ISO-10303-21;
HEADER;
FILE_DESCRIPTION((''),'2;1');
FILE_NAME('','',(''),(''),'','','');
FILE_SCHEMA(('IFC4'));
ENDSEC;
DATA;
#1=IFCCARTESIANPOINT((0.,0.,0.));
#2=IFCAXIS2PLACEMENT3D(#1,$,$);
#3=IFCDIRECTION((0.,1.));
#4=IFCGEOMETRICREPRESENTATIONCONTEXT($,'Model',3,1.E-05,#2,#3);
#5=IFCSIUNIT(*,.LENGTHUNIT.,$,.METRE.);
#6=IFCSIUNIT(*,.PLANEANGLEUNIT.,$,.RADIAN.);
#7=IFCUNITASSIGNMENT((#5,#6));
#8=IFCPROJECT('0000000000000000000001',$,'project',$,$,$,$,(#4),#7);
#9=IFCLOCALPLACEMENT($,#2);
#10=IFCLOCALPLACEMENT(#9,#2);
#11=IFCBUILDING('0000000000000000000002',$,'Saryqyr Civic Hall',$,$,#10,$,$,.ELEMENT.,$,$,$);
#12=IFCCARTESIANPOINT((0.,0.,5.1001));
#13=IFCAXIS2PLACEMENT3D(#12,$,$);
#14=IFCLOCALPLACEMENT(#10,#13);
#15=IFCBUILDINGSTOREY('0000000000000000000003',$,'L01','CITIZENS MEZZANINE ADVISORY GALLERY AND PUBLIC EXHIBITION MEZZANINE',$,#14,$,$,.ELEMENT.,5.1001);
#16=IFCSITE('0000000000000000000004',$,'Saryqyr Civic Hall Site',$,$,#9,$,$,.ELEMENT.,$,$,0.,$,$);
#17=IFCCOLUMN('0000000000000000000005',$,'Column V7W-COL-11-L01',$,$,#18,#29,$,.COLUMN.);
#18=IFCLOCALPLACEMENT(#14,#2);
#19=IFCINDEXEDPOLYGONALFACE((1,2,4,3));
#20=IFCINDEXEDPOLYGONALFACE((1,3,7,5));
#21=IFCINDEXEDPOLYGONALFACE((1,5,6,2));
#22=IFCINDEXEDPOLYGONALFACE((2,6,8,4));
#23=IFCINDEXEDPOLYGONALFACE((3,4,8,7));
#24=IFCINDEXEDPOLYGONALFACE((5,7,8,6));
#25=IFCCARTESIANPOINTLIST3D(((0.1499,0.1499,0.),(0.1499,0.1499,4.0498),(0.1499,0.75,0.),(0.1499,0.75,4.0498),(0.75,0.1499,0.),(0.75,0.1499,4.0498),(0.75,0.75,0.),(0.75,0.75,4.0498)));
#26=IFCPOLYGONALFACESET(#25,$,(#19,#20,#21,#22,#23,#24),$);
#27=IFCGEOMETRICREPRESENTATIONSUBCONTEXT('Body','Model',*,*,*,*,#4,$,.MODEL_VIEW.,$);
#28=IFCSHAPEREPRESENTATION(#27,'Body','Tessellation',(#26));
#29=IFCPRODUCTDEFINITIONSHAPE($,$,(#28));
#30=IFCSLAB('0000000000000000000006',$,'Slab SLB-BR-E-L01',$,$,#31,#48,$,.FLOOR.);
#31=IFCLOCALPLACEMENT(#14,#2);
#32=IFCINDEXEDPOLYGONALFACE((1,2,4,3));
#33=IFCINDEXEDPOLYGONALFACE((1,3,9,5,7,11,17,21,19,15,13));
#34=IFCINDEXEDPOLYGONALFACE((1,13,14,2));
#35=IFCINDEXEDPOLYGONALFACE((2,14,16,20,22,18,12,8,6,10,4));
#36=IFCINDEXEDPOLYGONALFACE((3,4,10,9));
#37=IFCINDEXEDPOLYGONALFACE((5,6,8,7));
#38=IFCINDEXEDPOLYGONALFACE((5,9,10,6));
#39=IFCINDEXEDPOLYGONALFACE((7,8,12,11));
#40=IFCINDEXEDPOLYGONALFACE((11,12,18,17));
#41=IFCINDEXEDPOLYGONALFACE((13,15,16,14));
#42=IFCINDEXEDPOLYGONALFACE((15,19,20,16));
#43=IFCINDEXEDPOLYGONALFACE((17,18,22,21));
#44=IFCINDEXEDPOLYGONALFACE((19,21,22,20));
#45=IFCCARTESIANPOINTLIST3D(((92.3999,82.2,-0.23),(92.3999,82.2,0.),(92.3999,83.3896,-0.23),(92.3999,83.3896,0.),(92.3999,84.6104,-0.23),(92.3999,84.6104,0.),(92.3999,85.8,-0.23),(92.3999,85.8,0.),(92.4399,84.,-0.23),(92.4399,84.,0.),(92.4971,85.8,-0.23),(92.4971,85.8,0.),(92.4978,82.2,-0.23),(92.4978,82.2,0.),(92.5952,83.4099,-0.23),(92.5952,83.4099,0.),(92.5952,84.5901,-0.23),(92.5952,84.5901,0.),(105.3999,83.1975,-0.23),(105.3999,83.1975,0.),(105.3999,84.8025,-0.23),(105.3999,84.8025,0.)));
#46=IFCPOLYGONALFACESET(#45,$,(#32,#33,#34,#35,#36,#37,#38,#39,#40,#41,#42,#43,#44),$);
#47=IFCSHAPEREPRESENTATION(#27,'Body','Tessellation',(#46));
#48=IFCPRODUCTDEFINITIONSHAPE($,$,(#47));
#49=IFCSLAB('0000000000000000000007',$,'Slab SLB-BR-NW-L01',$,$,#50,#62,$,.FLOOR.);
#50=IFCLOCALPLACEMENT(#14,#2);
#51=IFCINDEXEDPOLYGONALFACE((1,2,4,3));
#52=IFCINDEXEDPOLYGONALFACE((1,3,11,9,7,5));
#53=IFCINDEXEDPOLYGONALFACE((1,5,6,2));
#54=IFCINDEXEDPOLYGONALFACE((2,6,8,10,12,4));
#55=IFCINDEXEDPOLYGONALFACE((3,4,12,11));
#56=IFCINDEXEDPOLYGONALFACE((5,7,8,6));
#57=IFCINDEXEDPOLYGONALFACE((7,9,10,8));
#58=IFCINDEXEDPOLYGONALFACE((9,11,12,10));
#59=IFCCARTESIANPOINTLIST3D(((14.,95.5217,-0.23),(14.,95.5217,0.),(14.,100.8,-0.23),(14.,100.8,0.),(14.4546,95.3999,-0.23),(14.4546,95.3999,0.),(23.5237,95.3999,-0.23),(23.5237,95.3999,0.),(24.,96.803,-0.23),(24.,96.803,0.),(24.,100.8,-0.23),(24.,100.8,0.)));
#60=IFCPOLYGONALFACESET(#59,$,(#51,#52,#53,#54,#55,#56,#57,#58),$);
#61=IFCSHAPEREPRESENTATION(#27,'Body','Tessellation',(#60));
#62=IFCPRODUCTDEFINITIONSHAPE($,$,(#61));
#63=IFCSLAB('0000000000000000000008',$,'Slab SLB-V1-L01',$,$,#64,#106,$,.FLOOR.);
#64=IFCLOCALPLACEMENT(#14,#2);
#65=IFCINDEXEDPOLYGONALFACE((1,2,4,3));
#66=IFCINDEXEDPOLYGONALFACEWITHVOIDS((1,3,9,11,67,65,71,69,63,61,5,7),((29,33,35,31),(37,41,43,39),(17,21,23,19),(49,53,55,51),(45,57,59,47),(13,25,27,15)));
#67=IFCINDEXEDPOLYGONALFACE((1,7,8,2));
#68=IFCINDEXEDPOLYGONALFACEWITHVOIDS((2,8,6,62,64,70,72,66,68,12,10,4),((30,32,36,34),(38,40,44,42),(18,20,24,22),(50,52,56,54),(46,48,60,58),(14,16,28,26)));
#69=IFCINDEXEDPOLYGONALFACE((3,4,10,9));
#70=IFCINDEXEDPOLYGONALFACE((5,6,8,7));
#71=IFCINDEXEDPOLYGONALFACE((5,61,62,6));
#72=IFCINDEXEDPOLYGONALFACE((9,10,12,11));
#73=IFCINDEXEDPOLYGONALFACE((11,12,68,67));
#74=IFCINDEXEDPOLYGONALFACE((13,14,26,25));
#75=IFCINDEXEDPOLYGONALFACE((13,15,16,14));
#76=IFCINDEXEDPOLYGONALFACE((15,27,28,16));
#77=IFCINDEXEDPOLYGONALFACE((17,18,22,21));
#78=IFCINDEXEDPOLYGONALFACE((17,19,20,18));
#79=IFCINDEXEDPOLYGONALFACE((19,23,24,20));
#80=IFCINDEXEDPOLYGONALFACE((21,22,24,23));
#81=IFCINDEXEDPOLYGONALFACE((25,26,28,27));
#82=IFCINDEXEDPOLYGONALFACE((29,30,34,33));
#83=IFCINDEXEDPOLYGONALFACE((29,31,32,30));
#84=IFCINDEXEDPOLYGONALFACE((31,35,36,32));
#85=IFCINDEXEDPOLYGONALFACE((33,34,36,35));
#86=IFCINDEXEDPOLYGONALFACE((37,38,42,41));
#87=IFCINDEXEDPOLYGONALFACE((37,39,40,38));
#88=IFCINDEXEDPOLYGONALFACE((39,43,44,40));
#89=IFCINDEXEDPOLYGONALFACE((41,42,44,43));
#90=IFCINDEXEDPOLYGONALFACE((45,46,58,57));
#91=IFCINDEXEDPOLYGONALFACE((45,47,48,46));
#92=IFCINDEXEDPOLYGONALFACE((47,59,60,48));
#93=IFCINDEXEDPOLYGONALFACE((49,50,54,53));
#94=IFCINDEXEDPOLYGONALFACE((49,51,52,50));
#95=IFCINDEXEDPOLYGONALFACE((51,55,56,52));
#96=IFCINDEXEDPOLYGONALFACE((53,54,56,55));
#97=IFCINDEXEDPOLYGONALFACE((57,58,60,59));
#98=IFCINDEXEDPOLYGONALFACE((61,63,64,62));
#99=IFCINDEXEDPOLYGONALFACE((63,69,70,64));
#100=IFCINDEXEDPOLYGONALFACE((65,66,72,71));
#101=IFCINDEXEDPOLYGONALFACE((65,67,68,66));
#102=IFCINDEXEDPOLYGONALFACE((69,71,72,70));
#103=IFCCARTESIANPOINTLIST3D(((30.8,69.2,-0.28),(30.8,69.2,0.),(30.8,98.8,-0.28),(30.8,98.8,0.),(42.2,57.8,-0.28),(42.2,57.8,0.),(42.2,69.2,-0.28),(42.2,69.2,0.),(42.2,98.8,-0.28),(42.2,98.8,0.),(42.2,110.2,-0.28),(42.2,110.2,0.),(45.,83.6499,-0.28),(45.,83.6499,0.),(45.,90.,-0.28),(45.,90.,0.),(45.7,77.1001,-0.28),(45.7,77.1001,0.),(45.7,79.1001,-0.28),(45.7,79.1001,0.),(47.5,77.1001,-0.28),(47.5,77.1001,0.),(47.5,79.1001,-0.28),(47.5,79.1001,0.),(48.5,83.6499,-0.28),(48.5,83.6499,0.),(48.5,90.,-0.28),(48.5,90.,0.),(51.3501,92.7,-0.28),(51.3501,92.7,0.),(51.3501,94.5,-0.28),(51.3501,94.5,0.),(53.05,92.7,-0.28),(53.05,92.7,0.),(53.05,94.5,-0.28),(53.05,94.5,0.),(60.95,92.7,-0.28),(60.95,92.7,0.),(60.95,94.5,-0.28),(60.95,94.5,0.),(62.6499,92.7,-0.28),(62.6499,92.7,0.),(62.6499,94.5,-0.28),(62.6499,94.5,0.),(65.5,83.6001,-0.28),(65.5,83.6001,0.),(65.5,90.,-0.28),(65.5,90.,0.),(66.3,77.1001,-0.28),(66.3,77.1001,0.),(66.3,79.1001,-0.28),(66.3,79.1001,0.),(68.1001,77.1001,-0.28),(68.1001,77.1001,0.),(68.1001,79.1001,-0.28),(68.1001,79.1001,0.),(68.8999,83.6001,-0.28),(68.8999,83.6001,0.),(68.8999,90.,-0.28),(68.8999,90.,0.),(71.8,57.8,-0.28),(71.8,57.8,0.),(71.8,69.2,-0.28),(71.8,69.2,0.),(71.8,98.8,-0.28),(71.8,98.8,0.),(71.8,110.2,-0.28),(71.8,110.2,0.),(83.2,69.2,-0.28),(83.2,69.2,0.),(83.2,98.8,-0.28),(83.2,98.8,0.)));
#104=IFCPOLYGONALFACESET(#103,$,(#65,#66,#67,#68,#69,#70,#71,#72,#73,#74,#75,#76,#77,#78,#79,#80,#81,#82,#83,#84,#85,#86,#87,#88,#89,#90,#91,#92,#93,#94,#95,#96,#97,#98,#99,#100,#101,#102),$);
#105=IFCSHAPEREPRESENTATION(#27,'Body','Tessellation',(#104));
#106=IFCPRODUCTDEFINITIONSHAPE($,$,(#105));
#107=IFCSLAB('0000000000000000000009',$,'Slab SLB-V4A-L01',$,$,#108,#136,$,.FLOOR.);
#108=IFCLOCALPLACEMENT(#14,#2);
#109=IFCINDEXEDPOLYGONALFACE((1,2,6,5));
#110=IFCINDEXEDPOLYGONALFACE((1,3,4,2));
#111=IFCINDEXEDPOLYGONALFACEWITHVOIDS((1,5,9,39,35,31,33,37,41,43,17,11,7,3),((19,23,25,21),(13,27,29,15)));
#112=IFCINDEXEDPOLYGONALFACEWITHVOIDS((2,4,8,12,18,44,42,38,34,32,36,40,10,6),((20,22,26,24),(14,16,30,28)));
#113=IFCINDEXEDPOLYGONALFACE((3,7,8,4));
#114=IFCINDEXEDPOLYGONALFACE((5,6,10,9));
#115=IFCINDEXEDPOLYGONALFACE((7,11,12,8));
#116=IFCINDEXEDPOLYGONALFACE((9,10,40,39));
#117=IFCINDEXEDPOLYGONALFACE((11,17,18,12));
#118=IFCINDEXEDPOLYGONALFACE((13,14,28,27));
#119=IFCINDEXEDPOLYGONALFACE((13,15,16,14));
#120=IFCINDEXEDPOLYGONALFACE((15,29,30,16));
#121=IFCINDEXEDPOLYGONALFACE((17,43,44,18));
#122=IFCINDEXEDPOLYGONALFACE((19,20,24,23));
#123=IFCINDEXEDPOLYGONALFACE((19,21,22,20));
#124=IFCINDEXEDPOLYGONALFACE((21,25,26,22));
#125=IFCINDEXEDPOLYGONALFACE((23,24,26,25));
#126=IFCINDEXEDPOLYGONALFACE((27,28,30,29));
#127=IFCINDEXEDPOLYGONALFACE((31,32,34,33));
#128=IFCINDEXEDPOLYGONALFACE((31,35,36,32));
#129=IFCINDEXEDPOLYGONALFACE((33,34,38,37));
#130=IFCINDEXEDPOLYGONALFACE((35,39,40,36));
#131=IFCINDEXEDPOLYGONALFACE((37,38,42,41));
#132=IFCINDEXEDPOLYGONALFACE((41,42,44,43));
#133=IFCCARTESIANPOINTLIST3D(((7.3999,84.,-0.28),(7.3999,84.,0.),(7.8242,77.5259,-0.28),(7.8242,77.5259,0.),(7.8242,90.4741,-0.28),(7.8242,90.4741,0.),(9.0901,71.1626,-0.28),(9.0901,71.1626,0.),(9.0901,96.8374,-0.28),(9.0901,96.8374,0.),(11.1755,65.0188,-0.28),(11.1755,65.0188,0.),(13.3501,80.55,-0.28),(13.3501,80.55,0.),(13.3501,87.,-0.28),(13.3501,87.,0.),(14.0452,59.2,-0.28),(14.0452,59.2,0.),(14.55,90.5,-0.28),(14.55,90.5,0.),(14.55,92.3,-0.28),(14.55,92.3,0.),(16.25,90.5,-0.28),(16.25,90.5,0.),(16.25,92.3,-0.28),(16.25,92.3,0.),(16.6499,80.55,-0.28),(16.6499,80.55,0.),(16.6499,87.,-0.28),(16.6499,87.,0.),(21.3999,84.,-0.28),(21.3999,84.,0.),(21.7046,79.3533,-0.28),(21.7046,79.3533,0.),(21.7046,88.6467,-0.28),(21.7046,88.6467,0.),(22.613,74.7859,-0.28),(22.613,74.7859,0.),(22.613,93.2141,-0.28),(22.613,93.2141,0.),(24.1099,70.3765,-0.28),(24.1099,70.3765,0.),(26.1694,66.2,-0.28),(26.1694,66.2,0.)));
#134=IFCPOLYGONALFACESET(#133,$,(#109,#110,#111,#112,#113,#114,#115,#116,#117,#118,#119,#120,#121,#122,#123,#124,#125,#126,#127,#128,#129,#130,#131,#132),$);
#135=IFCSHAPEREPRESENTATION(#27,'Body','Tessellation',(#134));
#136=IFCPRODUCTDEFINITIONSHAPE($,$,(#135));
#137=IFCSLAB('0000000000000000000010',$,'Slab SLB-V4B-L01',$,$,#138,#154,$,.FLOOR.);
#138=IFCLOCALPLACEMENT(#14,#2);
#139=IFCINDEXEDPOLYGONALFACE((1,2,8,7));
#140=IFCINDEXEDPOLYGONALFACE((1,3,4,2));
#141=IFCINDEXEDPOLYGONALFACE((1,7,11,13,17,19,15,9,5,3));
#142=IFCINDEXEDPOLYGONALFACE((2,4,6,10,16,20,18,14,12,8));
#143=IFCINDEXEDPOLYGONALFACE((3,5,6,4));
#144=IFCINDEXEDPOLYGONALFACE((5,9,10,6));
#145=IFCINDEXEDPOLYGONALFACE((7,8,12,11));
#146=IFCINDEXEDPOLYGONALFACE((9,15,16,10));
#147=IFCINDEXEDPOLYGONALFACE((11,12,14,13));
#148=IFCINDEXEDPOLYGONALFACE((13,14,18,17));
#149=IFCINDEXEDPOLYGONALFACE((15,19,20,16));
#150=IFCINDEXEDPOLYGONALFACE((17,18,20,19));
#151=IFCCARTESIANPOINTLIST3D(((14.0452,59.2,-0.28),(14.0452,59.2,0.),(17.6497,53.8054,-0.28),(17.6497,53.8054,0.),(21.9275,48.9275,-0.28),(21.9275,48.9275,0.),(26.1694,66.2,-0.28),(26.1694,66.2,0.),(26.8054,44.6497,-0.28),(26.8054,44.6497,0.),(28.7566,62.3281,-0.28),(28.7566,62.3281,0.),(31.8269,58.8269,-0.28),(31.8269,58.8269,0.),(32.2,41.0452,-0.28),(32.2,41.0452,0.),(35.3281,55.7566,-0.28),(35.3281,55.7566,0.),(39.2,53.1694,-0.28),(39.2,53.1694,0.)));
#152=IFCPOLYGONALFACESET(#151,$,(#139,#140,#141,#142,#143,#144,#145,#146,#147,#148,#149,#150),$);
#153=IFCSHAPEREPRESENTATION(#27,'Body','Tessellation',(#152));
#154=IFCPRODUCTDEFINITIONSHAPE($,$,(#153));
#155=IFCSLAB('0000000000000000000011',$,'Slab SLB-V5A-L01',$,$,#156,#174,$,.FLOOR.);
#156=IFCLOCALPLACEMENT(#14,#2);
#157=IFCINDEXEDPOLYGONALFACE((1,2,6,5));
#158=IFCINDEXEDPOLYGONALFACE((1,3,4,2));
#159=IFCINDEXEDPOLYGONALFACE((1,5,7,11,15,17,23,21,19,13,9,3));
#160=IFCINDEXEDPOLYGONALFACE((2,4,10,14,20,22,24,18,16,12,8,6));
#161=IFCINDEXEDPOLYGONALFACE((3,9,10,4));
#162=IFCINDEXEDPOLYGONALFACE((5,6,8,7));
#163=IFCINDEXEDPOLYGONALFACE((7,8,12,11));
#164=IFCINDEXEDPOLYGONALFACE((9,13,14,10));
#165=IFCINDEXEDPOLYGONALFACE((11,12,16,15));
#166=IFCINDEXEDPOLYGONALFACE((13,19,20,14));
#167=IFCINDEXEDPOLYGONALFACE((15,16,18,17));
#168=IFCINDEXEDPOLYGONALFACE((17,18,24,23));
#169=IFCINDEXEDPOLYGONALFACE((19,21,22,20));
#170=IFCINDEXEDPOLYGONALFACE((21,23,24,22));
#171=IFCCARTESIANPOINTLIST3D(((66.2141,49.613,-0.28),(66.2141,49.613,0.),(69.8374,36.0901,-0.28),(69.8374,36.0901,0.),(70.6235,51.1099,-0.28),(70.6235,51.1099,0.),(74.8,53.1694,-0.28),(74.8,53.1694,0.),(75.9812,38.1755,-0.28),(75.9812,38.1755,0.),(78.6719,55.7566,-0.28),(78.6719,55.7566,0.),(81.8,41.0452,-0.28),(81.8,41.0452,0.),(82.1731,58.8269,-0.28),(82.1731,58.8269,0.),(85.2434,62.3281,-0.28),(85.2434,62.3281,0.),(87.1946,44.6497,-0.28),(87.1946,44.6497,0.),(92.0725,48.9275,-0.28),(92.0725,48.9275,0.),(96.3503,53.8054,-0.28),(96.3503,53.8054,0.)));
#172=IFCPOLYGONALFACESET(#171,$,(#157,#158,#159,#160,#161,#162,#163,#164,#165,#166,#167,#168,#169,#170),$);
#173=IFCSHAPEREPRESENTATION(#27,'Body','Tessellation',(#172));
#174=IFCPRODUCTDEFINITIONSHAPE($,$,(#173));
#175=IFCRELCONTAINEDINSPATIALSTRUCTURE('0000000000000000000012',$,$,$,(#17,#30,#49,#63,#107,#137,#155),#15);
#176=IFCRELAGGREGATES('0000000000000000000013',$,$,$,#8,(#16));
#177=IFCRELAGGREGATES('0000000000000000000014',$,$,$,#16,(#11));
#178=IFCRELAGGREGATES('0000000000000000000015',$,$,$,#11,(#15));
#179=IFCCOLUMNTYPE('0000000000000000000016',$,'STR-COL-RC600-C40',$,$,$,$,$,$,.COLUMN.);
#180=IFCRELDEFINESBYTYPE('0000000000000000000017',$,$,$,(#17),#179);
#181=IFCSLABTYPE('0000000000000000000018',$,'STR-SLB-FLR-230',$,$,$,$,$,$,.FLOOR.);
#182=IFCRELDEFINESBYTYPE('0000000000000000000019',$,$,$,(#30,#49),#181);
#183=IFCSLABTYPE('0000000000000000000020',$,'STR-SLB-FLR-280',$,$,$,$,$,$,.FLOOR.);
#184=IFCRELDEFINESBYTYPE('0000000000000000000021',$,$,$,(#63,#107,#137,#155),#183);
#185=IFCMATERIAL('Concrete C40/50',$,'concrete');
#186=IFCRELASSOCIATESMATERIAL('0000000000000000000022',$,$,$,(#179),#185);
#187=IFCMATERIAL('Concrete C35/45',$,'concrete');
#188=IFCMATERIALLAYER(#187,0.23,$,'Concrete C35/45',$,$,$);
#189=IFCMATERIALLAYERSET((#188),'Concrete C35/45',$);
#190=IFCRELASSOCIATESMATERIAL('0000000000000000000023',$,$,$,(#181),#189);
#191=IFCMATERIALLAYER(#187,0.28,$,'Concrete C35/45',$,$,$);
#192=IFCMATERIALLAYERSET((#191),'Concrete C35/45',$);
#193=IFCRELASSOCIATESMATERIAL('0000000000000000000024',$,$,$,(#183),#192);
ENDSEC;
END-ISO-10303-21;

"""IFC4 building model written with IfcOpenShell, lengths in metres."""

from ifc_helpers import new_model, si_unit, direction, frame, origin, origin_2d, place, context, subcontext, project, spatial, polyline, rectangle, outline, extrude, material, layer, layer_set, material_profile, profile_set, type_object, element, save


model = new_model("IFC4")

# Units and contexts
model_context = context("Model", 3, precision=1e-05, world=origin(), true_north=direction((0.0, 1.0)))
body_context = subcontext(model_context, "Body", "Model", "MODEL_VIEW")
ifc_project = project(units=[si_unit("LENGTHUNIT", "METRE"), si_unit("PLANEANGLEUNIT", "RADIAN")], contexts=[model_context])

# Site, building, storey
site_placement = place(None, origin())
site = spatial("IfcSite", under=ifc_project, at=site_placement, Name="Saryqyr Civic Hall Site", CompositionType="ELEMENT", RefElevation=0.0)
building_placement = place(site_placement, origin())
building = spatial("IfcBuilding", under=site, at=building_placement, Name="Saryqyr Civic Hall", CompositionType="ELEMENT")
storey_placement = place(building_placement, frame((0.0, 0.0, 5.1001)))
storey = spatial("IfcBuildingStorey", under=building, at=storey_placement, Name="L01", Description="CITIZENS MEZZANINE ADVISORY GALLERY AND PUBLIC EXHIBITION MEZZANINE", CompositionType="ELEMENT", Elevation=5.1001)

# Column
ifc_material_1 = material(Name="Concrete C40/50", Category="concrete")
ifc_material_profile = material_profile(ifc_material_1, rectangle(XDim=0.6001, YDim=0.6001, at=origin_2d()), Name="RC 600x600")
ifc_profile_set = profile_set([ifc_material_profile], Name="Concrete C40/50")
column_type = type_object("IfcColumnType", Name="STR-COL-RC600-C40", PredefinedType="COLUMN", material=ifc_profile_set)
column_placement = place(storey_placement, frame((0.45, 0.45, 0.0), z_axis=(0.0, 0.0, 1.0), x_axis=(1.0, 0.0, 0.0)))
element("IfcColumn", 1, at=column_placement, inside=storey, type_object=column_type, Name="Column V7W-COL-11-L01", PredefinedType="COLUMN", context=body_context, shape_type="SweptSolid", body=[
    extrude(rectangle(XDim=0.6001, YDim=0.6001, at=origin_2d()), origin(), (0.0, 0.0, 1.0), 4.0498),
])

# Slabs
ifc_material_2 = material(Name="Concrete C35/45", Category="concrete")
ifc_layer_1 = layer(ifc_material_2, 0.23, Name="Concrete C35/45")
ifc_layer_set_1 = layer_set([ifc_layer_1], Name="Concrete C35/45")
slab_type_1 = type_object("IfcSlabType", Name="STR-SLB-FLR-230", PredefinedType="FLOOR", material=ifc_layer_set_1)
slab_1_placement = place(storey_placement, frame((0.0, 0.0, -0.23)))
element("IfcSlab", 2, at=slab_1_placement, inside=storey, type_object=slab_type_1, Name="Slab SLB-BR-E-L01", PredefinedType="FLOOR", context=body_context, shape_type="SweptSolid", body=[
    extrude(outline(polyline([(105.3999, 83.1975), (92.5952, 83.4099), (92.4978, 82.2), (92.3999, 82.2), (92.3999, 83.3896), (92.4399, 84.0), (92.3999, 84.6104), (92.3999, 85.8), (92.4971, 85.8), (92.5952, 84.5901), (105.3999, 84.8025), (105.3999, 83.1975)])), origin(), (0.0, 0.0, 1.0), 0.23),
])
slab_2_placement = place(storey_placement, frame((0.0, 0.0, -0.23)))
element("IfcSlab", 3, at=slab_2_placement, inside=storey, type_object=slab_type_1, Name="Slab SLB-BR-NW-L01", PredefinedType="FLOOR", context=body_context, shape_type="SweptSolid", body=[
    extrude(outline(polyline([(24.0, 96.803), (23.5237, 95.3999), (14.4546, 95.3999), (14.0, 95.5217), (14.0, 100.8), (24.0, 100.8), (24.0, 96.803)])), origin(), (0.0, 0.0, 1.0), 0.23),
])
ifc_layer_2 = layer(ifc_material_2, 0.28, Name="Concrete C35/45")
ifc_layer_set_2 = layer_set([ifc_layer_2], Name="Concrete C35/45")
slab_type_2 = type_object("IfcSlabType", Name="STR-SLB-FLR-280", PredefinedType="FLOOR", material=ifc_layer_set_2)
slab_3_placement = place(storey_placement, frame((0.0, 0.0, -0.28)))
element("IfcSlab", 4, at=slab_3_placement, inside=storey, type_object=slab_type_2, Name="Slab SLB-V1-L01", PredefinedType="FLOOR", context=body_context, shape_type="SweptSolid", body=[
    extrude(outline(polyline([(42.2, 69.2), (30.8, 69.2), (30.8, 98.8), (42.2, 98.8), (42.2, 110.2), (71.8, 110.2), (71.8, 98.8), (83.2, 98.8), (83.2, 69.2), (71.8, 69.2), (71.8, 57.8), (42.2, 57.8), (42.2, 69.2)]), holes=[polyline([(47.5, 77.1001), (47.5, 79.1001), (45.7, 79.1001), (45.7, 77.1001), (47.5, 77.1001)]), polyline([(48.5, 90.0), (45.0, 90.0), (45.0, 83.6499), (48.5, 83.6499), (48.5, 90.0)]), polyline([(53.05, 92.7), (53.05, 94.5), (51.3501, 94.5), (51.3501, 92.7), (53.05, 92.7)]), polyline([(68.1001, 77.1001), (68.1001, 79.1001), (66.3, 79.1001), (66.3, 77.1001), (68.1001, 77.1001)]), polyline([(68.8999, 90.0), (65.5, 90.0), (65.5, 83.6001), (68.8999, 83.6001), (68.8999, 90.0)]), polyline([(62.6499, 92.7), (62.6499, 94.5), (60.95, 94.5), (60.95, 92.7), (62.6499, 92.7)])]), origin(), (0.0, 0.0, 1.0), 0.28),
])
slab_4_placement = place(storey_placement, frame((0.0, 0.0, -0.28)))
element("IfcSlab", 5, at=slab_4_placement, inside=storey, type_object=slab_type_2, Name="Slab SLB-V4A-L01", PredefinedType="FLOOR", context=body_context, shape_type="SweptSolid", body=[
    extrude(outline(polyline([(21.7046, 88.6467), (21.3999, 84.0), (21.7046, 79.3533), (22.613, 74.7859), (24.1099, 70.3765), (26.1694, 66.2), (14.0452, 59.2), (11.1755, 65.0188), (9.0901, 71.1626), (7.8242, 77.5259), (7.3999, 84.0), (7.8242, 90.4741), (9.0901, 96.8374), (22.613, 93.2141), (21.7046, 88.6467)]), holes=[polyline([(16.6499, 87.0), (13.3501, 87.0), (13.3501, 80.55), (16.6499, 80.55), (16.6499, 87.0)]), polyline([(16.25, 90.5), (16.25, 92.3), (14.55, 92.3), (14.55, 90.5), (16.25, 90.5)])]), origin(), (0.0, 0.0, 1.0), 0.28),
])
slab_5_placement = place(storey_placement, frame((0.0, 0.0, -0.28)))
element("IfcSlab", 6, at=slab_5_placement, inside=storey, type_object=slab_type_2, Name="Slab SLB-V4B-L01", PredefinedType="FLOOR", context=body_context, shape_type="SweptSolid", body=[
    extrude(outline(polyline([(28.7566, 62.3281), (31.8269, 58.8269), (35.3281, 55.7566), (39.2, 53.1694), (32.2, 41.0452), (26.8054, 44.6497), (21.9275, 48.9275), (17.6497, 53.8054), (14.0452, 59.2), (26.1694, 66.2), (28.7566, 62.3281)])), origin(), (0.0, 0.0, 1.0), 0.28),
])
slab_6_placement = place(storey_placement, frame((0.0, 0.0, -0.28)))
element("IfcSlab", 7, at=slab_6_placement, inside=storey, type_object=slab_type_2, Name="Slab SLB-V5A-L01", PredefinedType="FLOOR", context=body_context, shape_type="SweptSolid", body=[
    extrude(outline(polyline([(70.6235, 51.1099), (74.8, 53.1694), (78.6719, 55.7566), (82.1731, 58.8269), (85.2434, 62.3281), (96.3503, 53.8054), (92.0725, 48.9275), (87.1946, 44.6497), (81.8, 41.0452), (75.9812, 38.1755), (69.8374, 36.0901), (66.2141, 49.613), (70.6235, 51.1099)])), origin(), (0.0, 0.0, 1.0), 0.28),
])

save(model, "model.ifc")
